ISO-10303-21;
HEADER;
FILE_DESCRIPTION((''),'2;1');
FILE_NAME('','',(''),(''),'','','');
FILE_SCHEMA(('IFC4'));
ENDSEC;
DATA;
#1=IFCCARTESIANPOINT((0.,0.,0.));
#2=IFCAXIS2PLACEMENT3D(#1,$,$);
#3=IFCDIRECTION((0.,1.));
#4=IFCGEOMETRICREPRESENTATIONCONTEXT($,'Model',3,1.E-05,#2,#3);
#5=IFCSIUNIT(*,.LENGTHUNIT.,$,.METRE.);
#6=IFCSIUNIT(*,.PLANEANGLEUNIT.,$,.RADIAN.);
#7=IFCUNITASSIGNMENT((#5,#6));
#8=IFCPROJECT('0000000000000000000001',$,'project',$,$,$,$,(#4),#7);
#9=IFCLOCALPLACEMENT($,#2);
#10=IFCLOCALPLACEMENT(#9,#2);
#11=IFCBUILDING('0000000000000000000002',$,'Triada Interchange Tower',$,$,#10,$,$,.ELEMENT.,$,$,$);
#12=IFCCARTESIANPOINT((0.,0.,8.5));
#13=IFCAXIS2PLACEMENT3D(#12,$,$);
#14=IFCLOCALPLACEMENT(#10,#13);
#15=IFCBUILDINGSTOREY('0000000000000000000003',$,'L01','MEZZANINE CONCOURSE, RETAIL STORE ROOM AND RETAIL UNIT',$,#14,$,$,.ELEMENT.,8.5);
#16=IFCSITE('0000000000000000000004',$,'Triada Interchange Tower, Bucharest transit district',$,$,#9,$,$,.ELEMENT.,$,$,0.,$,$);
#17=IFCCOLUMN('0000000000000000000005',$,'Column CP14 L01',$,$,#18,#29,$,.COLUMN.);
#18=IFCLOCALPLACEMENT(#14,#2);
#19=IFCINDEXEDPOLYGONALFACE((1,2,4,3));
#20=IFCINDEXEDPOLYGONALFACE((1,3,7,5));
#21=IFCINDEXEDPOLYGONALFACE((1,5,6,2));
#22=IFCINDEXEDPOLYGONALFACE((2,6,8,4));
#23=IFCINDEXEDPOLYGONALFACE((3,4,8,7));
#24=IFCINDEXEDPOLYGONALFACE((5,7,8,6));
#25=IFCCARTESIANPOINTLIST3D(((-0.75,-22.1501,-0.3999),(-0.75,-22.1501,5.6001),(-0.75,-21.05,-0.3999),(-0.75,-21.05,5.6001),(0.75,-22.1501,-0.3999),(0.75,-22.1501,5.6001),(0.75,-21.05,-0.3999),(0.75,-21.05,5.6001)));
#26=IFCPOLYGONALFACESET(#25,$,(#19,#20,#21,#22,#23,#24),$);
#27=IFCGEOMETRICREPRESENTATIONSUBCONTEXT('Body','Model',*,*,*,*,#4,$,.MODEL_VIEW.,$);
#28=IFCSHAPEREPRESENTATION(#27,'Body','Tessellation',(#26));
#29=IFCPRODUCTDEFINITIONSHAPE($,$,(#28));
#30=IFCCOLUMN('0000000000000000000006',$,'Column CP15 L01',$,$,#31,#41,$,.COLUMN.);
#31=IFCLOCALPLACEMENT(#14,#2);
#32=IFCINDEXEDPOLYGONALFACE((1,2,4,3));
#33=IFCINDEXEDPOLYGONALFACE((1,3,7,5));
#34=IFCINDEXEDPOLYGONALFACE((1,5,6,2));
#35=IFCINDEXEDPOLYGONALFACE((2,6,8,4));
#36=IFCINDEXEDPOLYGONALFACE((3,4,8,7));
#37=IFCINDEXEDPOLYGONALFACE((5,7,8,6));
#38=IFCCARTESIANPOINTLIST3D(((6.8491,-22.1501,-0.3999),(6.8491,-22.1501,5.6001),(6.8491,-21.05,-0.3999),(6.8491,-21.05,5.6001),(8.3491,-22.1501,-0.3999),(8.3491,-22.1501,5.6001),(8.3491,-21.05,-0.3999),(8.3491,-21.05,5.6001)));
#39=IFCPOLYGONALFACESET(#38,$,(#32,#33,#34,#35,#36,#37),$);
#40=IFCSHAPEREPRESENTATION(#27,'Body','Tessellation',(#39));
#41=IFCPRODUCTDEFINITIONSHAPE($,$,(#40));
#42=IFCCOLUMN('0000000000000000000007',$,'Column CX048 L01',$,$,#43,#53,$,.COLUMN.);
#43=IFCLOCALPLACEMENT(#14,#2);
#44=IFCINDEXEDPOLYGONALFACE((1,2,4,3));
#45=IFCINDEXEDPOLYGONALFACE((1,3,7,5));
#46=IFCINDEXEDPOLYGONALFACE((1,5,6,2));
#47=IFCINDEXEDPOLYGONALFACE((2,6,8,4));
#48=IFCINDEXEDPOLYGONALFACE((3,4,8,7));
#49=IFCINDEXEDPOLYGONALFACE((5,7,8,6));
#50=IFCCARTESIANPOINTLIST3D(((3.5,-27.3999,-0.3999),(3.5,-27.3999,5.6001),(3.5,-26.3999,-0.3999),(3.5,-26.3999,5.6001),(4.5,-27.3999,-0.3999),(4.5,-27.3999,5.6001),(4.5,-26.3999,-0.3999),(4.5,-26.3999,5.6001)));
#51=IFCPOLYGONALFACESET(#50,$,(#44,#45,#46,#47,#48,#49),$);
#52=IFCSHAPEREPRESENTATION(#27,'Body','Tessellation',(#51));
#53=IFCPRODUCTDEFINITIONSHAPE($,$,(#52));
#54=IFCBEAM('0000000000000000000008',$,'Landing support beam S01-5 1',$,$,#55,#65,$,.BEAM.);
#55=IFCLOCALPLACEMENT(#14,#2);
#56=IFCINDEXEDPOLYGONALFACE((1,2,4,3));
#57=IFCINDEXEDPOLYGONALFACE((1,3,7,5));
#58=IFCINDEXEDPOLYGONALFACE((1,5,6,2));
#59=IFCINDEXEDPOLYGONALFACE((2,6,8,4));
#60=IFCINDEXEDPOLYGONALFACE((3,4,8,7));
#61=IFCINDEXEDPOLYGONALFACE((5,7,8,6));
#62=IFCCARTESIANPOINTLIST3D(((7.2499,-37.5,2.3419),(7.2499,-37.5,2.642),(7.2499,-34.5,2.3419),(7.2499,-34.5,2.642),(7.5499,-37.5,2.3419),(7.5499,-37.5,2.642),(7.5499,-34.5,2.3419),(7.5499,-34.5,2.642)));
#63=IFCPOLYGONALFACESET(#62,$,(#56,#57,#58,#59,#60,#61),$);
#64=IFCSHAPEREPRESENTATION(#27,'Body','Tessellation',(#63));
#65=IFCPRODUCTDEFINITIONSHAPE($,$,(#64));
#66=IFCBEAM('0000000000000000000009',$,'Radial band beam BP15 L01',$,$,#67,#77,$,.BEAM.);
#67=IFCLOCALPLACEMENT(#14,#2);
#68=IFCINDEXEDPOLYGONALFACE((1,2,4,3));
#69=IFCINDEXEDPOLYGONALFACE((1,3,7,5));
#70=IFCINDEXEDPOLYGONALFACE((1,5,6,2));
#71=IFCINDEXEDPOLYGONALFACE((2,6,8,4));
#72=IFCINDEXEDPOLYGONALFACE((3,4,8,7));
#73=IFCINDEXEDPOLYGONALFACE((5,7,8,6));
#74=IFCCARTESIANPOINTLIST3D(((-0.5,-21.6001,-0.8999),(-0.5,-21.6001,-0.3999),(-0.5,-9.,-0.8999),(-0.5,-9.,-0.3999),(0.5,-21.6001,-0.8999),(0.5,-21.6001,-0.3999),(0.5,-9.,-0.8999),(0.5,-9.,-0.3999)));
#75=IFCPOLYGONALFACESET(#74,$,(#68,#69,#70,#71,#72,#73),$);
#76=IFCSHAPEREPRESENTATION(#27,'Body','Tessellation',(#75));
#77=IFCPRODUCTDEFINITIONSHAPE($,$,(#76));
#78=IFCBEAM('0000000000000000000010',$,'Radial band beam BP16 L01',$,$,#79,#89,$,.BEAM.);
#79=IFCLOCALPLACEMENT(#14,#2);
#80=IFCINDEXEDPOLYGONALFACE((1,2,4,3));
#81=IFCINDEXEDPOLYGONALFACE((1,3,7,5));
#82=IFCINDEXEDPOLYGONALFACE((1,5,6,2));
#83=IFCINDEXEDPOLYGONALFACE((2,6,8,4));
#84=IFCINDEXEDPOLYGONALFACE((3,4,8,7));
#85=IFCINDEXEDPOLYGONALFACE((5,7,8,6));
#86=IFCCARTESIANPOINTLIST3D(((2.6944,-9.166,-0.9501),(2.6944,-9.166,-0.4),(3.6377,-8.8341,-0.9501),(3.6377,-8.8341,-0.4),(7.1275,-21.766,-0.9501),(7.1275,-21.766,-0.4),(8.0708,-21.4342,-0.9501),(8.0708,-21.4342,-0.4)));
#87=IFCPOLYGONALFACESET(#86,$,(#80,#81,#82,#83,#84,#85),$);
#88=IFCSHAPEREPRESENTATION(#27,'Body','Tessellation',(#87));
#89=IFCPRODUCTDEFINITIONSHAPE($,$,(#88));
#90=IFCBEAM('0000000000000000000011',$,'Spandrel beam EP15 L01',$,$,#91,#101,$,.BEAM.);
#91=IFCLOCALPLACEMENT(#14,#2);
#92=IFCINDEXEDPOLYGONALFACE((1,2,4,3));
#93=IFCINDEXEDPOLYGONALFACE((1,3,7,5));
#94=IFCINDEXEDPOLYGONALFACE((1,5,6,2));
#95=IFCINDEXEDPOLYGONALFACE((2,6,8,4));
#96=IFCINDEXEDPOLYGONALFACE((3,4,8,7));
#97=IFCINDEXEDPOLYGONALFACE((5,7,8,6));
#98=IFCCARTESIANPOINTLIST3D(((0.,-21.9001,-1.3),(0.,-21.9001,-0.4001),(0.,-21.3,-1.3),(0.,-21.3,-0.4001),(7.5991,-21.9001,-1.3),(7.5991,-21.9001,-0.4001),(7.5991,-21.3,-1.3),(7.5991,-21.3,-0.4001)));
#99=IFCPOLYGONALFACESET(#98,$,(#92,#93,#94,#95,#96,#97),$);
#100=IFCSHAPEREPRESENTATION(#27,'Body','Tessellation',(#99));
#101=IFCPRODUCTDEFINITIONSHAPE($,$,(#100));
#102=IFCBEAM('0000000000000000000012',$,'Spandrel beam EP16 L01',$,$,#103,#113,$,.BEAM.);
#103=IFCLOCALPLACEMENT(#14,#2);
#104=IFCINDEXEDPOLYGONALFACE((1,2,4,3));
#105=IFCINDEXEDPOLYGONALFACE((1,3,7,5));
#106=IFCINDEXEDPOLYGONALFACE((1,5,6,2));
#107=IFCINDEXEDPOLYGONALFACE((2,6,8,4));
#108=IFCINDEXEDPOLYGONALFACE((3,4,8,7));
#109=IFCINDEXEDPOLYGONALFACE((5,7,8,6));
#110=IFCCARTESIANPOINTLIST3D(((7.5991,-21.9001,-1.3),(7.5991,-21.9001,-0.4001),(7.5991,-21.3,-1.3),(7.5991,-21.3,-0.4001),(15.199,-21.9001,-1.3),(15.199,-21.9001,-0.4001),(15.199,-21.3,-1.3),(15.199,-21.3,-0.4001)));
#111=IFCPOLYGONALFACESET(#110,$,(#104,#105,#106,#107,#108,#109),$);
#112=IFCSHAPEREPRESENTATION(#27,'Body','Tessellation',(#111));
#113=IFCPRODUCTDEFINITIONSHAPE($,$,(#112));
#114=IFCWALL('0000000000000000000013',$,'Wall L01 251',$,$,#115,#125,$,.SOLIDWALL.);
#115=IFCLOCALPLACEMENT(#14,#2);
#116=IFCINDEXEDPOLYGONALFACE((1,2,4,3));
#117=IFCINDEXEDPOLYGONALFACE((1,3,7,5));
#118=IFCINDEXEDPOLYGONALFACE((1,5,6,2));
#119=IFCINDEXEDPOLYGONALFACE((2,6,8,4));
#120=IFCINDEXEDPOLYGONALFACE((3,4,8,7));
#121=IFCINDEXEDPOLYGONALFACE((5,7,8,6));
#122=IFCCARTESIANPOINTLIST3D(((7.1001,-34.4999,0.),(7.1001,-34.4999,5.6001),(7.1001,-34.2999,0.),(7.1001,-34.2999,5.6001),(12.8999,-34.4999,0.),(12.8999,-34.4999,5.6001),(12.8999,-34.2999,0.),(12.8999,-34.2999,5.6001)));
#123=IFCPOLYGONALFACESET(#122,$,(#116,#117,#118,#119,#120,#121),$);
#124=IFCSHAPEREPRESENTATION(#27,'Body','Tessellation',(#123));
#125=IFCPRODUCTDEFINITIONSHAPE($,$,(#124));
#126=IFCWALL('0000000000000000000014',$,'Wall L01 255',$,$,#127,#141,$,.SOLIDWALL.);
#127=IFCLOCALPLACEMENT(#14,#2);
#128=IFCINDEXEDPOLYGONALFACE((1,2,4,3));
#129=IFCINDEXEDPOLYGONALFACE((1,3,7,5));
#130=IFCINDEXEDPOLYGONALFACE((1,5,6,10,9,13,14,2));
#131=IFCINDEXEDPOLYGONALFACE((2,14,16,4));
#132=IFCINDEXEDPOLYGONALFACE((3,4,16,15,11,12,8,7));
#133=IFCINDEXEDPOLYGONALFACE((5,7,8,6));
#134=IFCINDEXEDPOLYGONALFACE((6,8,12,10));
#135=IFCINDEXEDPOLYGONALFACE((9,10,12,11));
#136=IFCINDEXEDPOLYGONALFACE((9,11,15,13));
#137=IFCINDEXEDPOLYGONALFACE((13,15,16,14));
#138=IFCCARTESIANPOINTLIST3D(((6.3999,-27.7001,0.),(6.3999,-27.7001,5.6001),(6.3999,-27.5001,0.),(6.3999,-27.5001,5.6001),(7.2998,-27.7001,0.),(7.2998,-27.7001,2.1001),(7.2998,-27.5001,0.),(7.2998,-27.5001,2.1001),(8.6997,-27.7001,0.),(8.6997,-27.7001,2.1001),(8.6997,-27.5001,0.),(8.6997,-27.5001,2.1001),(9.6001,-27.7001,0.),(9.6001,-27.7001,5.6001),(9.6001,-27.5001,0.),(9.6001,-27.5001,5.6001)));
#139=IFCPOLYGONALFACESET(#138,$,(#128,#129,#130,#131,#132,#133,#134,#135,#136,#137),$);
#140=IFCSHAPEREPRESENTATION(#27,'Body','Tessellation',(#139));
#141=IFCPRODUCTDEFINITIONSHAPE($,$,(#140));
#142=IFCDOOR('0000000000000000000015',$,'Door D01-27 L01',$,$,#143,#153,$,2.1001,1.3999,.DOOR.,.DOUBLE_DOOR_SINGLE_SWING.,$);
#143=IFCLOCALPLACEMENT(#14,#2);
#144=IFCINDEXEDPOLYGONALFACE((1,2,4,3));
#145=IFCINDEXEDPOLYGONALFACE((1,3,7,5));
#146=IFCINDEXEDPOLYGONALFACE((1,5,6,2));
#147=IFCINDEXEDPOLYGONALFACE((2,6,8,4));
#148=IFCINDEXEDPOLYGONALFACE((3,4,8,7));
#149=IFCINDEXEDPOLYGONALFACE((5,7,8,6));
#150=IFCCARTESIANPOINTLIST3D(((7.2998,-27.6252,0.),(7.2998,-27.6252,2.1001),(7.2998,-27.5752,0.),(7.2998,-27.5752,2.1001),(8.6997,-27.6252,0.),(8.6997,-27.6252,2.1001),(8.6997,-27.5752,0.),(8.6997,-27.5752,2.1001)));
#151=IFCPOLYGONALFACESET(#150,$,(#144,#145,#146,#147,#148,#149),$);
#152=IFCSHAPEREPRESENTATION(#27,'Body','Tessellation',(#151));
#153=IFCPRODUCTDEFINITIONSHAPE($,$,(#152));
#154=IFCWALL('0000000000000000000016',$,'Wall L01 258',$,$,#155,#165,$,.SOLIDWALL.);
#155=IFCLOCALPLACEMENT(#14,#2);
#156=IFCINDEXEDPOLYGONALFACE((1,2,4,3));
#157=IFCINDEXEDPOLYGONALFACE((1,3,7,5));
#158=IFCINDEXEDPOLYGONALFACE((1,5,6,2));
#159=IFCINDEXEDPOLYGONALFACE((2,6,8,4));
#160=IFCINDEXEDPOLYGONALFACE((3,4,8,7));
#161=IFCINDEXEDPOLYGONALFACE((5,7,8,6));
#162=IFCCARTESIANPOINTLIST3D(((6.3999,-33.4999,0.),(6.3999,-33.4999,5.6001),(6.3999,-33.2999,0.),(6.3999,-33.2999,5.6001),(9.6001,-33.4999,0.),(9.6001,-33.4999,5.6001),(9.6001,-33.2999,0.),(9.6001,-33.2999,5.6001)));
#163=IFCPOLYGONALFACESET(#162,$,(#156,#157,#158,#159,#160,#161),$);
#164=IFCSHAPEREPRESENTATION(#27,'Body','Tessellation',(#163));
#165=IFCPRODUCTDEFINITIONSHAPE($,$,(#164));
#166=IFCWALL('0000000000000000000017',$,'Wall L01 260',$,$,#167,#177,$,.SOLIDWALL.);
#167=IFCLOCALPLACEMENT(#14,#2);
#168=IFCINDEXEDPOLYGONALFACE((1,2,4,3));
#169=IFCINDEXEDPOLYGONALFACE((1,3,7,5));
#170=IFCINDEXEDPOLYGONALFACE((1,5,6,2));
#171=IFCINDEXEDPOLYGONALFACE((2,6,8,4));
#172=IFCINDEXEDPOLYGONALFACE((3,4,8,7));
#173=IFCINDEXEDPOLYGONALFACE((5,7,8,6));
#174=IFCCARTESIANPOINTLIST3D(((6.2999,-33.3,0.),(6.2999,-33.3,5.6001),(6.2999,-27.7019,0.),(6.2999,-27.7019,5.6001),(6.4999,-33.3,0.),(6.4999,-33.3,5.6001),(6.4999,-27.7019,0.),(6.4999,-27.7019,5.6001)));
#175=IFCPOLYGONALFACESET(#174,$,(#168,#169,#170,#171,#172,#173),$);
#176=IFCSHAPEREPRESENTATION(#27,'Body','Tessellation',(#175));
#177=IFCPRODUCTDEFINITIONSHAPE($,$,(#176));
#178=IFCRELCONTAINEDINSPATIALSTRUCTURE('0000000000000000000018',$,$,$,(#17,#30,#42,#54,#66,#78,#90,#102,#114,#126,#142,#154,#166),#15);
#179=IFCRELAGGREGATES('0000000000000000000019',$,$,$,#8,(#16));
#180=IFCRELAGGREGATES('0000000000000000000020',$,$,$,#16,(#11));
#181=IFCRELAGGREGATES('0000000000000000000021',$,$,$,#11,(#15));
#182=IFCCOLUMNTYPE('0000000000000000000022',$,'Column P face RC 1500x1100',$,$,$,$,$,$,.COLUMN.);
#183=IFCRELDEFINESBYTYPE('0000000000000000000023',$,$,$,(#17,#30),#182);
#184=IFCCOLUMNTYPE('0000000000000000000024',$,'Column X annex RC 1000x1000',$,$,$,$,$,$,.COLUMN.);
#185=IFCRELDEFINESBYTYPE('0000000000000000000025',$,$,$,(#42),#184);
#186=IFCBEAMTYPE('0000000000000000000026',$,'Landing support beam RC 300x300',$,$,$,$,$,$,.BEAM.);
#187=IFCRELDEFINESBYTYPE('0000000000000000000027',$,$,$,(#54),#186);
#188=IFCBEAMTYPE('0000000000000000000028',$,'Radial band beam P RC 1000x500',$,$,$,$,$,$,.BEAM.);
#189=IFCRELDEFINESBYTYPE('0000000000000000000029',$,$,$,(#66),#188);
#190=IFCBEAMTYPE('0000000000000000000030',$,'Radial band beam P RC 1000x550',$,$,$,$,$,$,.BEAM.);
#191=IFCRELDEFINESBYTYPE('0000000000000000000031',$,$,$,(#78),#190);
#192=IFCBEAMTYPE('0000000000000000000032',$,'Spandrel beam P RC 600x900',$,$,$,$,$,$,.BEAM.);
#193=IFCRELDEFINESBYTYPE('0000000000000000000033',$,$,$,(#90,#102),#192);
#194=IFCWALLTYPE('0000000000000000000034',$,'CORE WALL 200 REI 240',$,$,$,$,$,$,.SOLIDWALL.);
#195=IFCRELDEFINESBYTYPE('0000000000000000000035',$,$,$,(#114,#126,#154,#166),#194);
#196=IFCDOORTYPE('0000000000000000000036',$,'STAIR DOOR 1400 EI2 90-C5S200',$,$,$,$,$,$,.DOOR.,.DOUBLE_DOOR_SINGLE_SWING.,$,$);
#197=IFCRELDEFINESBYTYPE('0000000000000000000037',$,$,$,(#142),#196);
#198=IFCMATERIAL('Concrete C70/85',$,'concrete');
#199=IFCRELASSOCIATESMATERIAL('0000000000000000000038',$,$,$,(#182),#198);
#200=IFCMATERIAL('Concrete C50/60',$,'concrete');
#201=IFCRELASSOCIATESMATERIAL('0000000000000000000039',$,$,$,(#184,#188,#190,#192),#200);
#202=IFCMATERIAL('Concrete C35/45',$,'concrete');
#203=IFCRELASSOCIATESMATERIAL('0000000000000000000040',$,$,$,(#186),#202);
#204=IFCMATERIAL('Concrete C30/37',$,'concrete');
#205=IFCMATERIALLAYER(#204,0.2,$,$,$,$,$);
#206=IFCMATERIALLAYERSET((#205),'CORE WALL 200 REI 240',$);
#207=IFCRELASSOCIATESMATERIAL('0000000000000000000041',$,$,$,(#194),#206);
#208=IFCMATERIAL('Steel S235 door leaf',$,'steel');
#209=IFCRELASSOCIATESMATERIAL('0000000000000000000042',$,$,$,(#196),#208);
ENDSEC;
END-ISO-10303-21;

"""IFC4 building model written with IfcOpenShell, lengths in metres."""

from ifc_helpers import new_model, si_unit, direction, frame, frame_2d, origin, origin_2d, place, context, subcontext, project, spatial, rectangle, extrude, material, layer, layer_set, material_profile, profile_set, type_object, element, fill, save


model = new_model("IFC4")

# Units and contexts
model_context = context("Model", 3, precision=1e-05, world=origin(), true_north=direction((0.0, 1.0)))
body_context = subcontext(model_context, "Body", "Model", "MODEL_VIEW")
ifc_project = project(units=[si_unit("LENGTHUNIT", "METRE"), si_unit("PLANEANGLEUNIT", "RADIAN")], contexts=[model_context])

# Site, building, storey
site_placement = place(None, origin())
site = spatial("IfcSite", under=ifc_project, at=site_placement, Name="Triada Interchange Tower, Bucharest transit district", CompositionType="ELEMENT", RefElevation=0.0)
building_placement = place(site_placement, origin())
building = spatial("IfcBuilding", under=site, at=building_placement, Name="Triada Interchange Tower", CompositionType="ELEMENT")
storey_placement = place(building_placement, frame((0.0, 0.0, 8.5)))
storey = spatial("IfcBuildingStorey", under=building, at=storey_placement, Name="L01", Description="MEZZANINE CONCOURSE, RETAIL STORE ROOM AND RETAIL UNIT", CompositionType="ELEMENT", Elevation=8.5)

# Columns
ifc_material_1 = material(Name="Concrete C70/85", Category="concrete")
ifc_material_profile_1 = material_profile(ifc_material_1, rectangle(XDim=1.5, YDim=1.1001, at=origin_2d()), Name="RC 1500x1100")
ifc_profile_set_1 = profile_set([ifc_material_profile_1], Name="Concrete C70/85")
column_type_1 = type_object("IfcColumnType", Name="Column P face RC 1500x1100", PredefinedType="COLUMN", material=ifc_profile_set_1)
for number, where, z_axis, x_axis, name in (
    (1, (0.0, -21.6001, -0.3999), (0.0, 0.0, 1.0), (1.0, 0.0, 0.0), "Column CP14 L01"),
    (2, (7.5991, -21.6001, -0.3999), (0.0, 0.0, 1.0), (1.0, 0.0, 0.0), "Column CP15 L01"),
):
    element("IfcColumn", number, at=place(storey_placement, frame(where, z_axis=z_axis, x_axis=x_axis)), inside=storey, type_object=column_type_1, Name=name, PredefinedType="COLUMN", context=body_context, shape_type="SweptSolid", body=[
        extrude(rectangle(XDim=1.5, YDim=1.1001, at=origin_2d()), origin(), (0.0, 0.0, 1.0), 6.0),
    ])
ifc_material_2 = material(Name="Concrete C50/60", Category="concrete")
ifc_material_profile_2 = material_profile(ifc_material_2, rectangle(XDim=1.0, YDim=1.0, at=origin_2d()), Name="RC 1000x1000")
ifc_profile_set_2 = profile_set([ifc_material_profile_2], Name="Concrete C50/60")
column_type_2 = type_object("IfcColumnType", Name="Column X annex RC 1000x1000", PredefinedType="COLUMN", material=ifc_profile_set_2)
column_placement = place(storey_placement, frame((4.0, -26.8999, -0.3999), z_axis=(0.0, 0.0, 1.0), x_axis=(1.0, 0.0, 0.0)))
element("IfcColumn", 3, at=column_placement, inside=storey, type_object=column_type_2, Name="Column CX048 L01", PredefinedType="COLUMN", context=body_context, shape_type="SweptSolid", body=[
    extrude(rectangle(XDim=1.0, YDim=1.0, at=origin_2d()), origin(), (0.0, 0.0, 1.0), 6.0),
])

# Beams
ifc_material_3 = material(Name="Concrete C35/45", Category="concrete")
ifc_material_profile_3 = material_profile(ifc_material_3, rectangle(XDim=0.3, YDim=0.3, at=origin_2d()), Name="RC 300x300")
ifc_profile_set_3 = profile_set([ifc_material_profile_3], Name="Concrete C35/45")
beam_type_1 = type_object("IfcBeamType", Name="Landing support beam RC 300x300", PredefinedType="BEAM", material=ifc_profile_set_3)
beam_1_placement = place(storey_placement, frame((7.3999, -34.5, 2.4919), z_axis=(0.0, -1.0, 0.0), x_axis=(1.0, 0.0, 0.0)))
element("IfcBeam", 4, at=beam_1_placement, inside=storey, type_object=beam_type_1, Name="Landing support beam S01-5 1", PredefinedType="BEAM", context=body_context, shape_type="SweptSolid", body=[
    extrude(rectangle(XDim=0.3, YDim=0.3, at=origin_2d()), origin(), (0.0, 0.0, 1.0), 3.0),
])
ifc_material_profile_4 = material_profile(ifc_material_2, rectangle(XDim=1.0, YDim=0.5, at=origin_2d()), Name="RC 1000x500")
ifc_profile_set_4 = profile_set([ifc_material_profile_4], Name="Concrete C50/60")
beam_type_2 = type_object("IfcBeamType", Name="Radial band beam P RC 1000x500", PredefinedType="BEAM", material=ifc_profile_set_4)
beam_2_placement = place(storey_placement, frame((0.0, -21.6001, -0.6499), z_axis=(0.0, 1.0, 0.0), x_axis=(-1.0, 0.0, 0.0)))
element("IfcBeam", 5, at=beam_2_placement, inside=storey, type_object=beam_type_2, Name="Radial band beam BP15 L01", PredefinedType="BEAM", context=body_context, shape_type="SweptSolid", body=[
    extrude(rectangle(XDim=1.0, YDim=0.5, at=origin_2d()), origin(), (0.0, 0.0, 1.0), 12.6001),
])
ifc_material_profile_5 = material_profile(ifc_material_2, rectangle(XDim=1.0, YDim=0.55, at=origin_2d()), Name="RC 1000x550")
ifc_profile_set_5 = profile_set([ifc_material_profile_5], Name="Concrete C50/60")
beam_type_3 = type_object("IfcBeamType", Name="Radial band beam P RC 1000x550", PredefinedType="BEAM", material=ifc_profile_set_5)
beam_3_placement = place(storey_placement, frame((7.5991, -21.6001, -0.675), z_axis=(-0.331889, 0.943319, 0.0), x_axis=(-0.943319, -0.331889, 0.0)))
element("IfcBeam", 6, at=beam_3_placement, inside=storey, type_object=beam_type_3, Name="Radial band beam BP16 L01", PredefinedType="BEAM", context=body_context, shape_type="SweptSolid", body=[
    extrude(rectangle(XDim=1.0, YDim=0.55, at=origin_2d()), origin(), (0.0, 0.0, 1.0), 13.3572),
])
ifc_material_profile_6 = material_profile(ifc_material_2, rectangle(XDim=0.6001, YDim=0.8999, at=origin_2d()), Name="RC 600x900")
ifc_profile_set_6 = profile_set([ifc_material_profile_6], Name="Concrete C50/60")
beam_type_4 = type_object("IfcBeamType", Name="Spandrel beam P RC 600x900", PredefinedType="BEAM", material=ifc_profile_set_6)
beam_4_placement = place(storey_placement, frame((0.0, -21.6001, -0.8501), z_axis=(1.0, 0.0, 0.0), x_axis=(0.0, 1.0, 0.0)))
element("IfcBeam", 7, at=beam_4_placement, inside=storey, type_object=beam_type_4, Name="Spandrel beam EP15 L01", PredefinedType="BEAM", context=body_context, shape_type="SweptSolid", body=[
    extrude(rectangle(XDim=0.6001, YDim=0.8999, at=origin_2d()), origin(), (0.0, 0.0, 1.0), 7.5991),
])
beam_5_placement = place(storey_placement, frame((7.5991, -21.6001, -0.8501), z_axis=(1.0, 0.0, 0.0), x_axis=(0.0, 1.0, 0.0)))
element("IfcBeam", 8, at=beam_5_placement, inside=storey, type_object=beam_type_4, Name="Spandrel beam EP16 L01", PredefinedType="BEAM", context=body_context, shape_type="SweptSolid", body=[
    extrude(rectangle(XDim=0.6001, YDim=0.8999, at=origin_2d()), origin(), (0.0, 0.0, 1.0), 7.5999),
])

# Wall
ifc_material_4 = material(Name="Concrete C30/37", Category="concrete")
ifc_layer_1 = layer(ifc_material_4, 0.2)
ifc_layer_set_1 = layer_set([ifc_layer_1], Name="CORE WALL 200 REI 240")
wall_type_1 = type_object("IfcWallType", Name="CORE WALL 200 REI 240", PredefinedType="SOLIDWALL", material=ifc_layer_set_1)
wall_1_placement = place(storey_placement, frame((7.1001, -34.3999, 0.0), z_axis=(0.0, 0.0, 1.0), x_axis=(1.0, 0.0, 0.0)))
element("IfcWall", 9, at=wall_1_placement, inside=storey, type_object=wall_type_1, Name="Wall L01 251", PredefinedType="SOLIDWALL", context=body_context, shape_type="SweptSolid", body=[
    extrude(rectangle(XDim=5.7998, YDim=0.2, at=frame_2d((2.8999, 0.0))), origin(), (0.0, 0.0, 1.0), 5.6001),
])

# Wall, opening, door
wall_2_placement = place(storey_placement, frame((6.3999, -27.6001, 0.0), z_axis=(0.0, 0.0, 1.0), x_axis=(1.0, 0.0, 0.0)))
wall_2 = element("IfcWall", 10, at=wall_2_placement, inside=storey, type_object=wall_type_1, Name="Wall L01 255", PredefinedType="SOLIDWALL", context=body_context, shape_type="SweptSolid", body=[
    extrude(rectangle(XDim=3.2002, YDim=0.2, at=frame_2d((1.6001, 0.0))), origin(), (0.0, 0.0, 1.0), 5.6001),
])
opening_1_placement = place(wall_2_placement, frame((0.8999, 0.0, 0.0)))
opening_1 = element("IfcOpeningElement", 11, at=opening_1_placement, cuts=wall_2, PredefinedType="OPENING", context=body_context, shape_type="SweptSolid", body=[
    extrude(rectangle(XDim=1.3999, YDim=2.1001, at=frame_2d((0.7, 1.05))), frame((0.0, 0.1099, 0.0), z_axis=(0.0, -1.0, 0.0), x_axis=(1.0, 0.0, 0.0)), (0.0, 0.0, 1.0), 0.22),
])
ifc_material_5 = material(Name="Steel S235 door leaf", Category="steel")
door_type_1 = type_object("IfcDoorType", Name="STAIR DOOR 1400 EI2 90-C5S200", OperationType="DOUBLE_DOOR_SINGLE_SWING", PredefinedType="DOOR", material=ifc_material_5)
door_1_placement = place(opening_1_placement, origin())
door_1 = element("IfcDoor", 12, at=door_1_placement, inside=storey, type_object=door_type_1, Name="Door D01-27 L01", OperationType="DOUBLE_DOOR_SINGLE_SWING", OverallHeight=2.1001, OverallWidth=1.3999, PredefinedType="DOOR", context=body_context, shape_type="SweptSolid", body=[
    extrude(rectangle(XDim=1.3999, YDim=2.1001, at=frame_2d((0.7, 1.05))), frame((0.0, 0.0249, 0.0), z_axis=(0.0, -1.0, 0.0), x_axis=(1.0, 0.0, 0.0)), (0.0, 0.0, 1.0), 0.05),
])
fill(opening_1, door_1)

# Walls
wall_3_placement = place(storey_placement, frame((6.3999, -33.3999, 0.0), z_axis=(0.0, 0.0, 1.0), x_axis=(1.0, 0.0, 0.0)))
element("IfcWall", 13, at=wall_3_placement, inside=storey, type_object=wall_type_1, Name="Wall L01 258", PredefinedType="SOLIDWALL", context=body_context, shape_type="SweptSolid", body=[
    extrude(rectangle(XDim=3.2002, YDim=0.2, at=frame_2d((1.6001, 0.0))), origin(), (0.0, 0.0, 1.0), 5.6001),
])
wall_4_placement = place(storey_placement, frame((6.3999, -33.3, 0.0), z_axis=(0.0, 0.0, 1.0), x_axis=(0.0, 1.0, 0.0)))
element("IfcWall", 14, at=wall_4_placement, inside=storey, type_object=wall_type_1, Name="Wall L01 260", PredefinedType="SOLIDWALL", context=body_context, shape_type="SweptSolid", body=[
    extrude(rectangle(XDim=5.5981, YDim=0.2, at=frame_2d((2.7991, 0.0))), origin(), (0.0, 0.0, 1.0), 5.6001),
])

save(model, "model.ifc")
